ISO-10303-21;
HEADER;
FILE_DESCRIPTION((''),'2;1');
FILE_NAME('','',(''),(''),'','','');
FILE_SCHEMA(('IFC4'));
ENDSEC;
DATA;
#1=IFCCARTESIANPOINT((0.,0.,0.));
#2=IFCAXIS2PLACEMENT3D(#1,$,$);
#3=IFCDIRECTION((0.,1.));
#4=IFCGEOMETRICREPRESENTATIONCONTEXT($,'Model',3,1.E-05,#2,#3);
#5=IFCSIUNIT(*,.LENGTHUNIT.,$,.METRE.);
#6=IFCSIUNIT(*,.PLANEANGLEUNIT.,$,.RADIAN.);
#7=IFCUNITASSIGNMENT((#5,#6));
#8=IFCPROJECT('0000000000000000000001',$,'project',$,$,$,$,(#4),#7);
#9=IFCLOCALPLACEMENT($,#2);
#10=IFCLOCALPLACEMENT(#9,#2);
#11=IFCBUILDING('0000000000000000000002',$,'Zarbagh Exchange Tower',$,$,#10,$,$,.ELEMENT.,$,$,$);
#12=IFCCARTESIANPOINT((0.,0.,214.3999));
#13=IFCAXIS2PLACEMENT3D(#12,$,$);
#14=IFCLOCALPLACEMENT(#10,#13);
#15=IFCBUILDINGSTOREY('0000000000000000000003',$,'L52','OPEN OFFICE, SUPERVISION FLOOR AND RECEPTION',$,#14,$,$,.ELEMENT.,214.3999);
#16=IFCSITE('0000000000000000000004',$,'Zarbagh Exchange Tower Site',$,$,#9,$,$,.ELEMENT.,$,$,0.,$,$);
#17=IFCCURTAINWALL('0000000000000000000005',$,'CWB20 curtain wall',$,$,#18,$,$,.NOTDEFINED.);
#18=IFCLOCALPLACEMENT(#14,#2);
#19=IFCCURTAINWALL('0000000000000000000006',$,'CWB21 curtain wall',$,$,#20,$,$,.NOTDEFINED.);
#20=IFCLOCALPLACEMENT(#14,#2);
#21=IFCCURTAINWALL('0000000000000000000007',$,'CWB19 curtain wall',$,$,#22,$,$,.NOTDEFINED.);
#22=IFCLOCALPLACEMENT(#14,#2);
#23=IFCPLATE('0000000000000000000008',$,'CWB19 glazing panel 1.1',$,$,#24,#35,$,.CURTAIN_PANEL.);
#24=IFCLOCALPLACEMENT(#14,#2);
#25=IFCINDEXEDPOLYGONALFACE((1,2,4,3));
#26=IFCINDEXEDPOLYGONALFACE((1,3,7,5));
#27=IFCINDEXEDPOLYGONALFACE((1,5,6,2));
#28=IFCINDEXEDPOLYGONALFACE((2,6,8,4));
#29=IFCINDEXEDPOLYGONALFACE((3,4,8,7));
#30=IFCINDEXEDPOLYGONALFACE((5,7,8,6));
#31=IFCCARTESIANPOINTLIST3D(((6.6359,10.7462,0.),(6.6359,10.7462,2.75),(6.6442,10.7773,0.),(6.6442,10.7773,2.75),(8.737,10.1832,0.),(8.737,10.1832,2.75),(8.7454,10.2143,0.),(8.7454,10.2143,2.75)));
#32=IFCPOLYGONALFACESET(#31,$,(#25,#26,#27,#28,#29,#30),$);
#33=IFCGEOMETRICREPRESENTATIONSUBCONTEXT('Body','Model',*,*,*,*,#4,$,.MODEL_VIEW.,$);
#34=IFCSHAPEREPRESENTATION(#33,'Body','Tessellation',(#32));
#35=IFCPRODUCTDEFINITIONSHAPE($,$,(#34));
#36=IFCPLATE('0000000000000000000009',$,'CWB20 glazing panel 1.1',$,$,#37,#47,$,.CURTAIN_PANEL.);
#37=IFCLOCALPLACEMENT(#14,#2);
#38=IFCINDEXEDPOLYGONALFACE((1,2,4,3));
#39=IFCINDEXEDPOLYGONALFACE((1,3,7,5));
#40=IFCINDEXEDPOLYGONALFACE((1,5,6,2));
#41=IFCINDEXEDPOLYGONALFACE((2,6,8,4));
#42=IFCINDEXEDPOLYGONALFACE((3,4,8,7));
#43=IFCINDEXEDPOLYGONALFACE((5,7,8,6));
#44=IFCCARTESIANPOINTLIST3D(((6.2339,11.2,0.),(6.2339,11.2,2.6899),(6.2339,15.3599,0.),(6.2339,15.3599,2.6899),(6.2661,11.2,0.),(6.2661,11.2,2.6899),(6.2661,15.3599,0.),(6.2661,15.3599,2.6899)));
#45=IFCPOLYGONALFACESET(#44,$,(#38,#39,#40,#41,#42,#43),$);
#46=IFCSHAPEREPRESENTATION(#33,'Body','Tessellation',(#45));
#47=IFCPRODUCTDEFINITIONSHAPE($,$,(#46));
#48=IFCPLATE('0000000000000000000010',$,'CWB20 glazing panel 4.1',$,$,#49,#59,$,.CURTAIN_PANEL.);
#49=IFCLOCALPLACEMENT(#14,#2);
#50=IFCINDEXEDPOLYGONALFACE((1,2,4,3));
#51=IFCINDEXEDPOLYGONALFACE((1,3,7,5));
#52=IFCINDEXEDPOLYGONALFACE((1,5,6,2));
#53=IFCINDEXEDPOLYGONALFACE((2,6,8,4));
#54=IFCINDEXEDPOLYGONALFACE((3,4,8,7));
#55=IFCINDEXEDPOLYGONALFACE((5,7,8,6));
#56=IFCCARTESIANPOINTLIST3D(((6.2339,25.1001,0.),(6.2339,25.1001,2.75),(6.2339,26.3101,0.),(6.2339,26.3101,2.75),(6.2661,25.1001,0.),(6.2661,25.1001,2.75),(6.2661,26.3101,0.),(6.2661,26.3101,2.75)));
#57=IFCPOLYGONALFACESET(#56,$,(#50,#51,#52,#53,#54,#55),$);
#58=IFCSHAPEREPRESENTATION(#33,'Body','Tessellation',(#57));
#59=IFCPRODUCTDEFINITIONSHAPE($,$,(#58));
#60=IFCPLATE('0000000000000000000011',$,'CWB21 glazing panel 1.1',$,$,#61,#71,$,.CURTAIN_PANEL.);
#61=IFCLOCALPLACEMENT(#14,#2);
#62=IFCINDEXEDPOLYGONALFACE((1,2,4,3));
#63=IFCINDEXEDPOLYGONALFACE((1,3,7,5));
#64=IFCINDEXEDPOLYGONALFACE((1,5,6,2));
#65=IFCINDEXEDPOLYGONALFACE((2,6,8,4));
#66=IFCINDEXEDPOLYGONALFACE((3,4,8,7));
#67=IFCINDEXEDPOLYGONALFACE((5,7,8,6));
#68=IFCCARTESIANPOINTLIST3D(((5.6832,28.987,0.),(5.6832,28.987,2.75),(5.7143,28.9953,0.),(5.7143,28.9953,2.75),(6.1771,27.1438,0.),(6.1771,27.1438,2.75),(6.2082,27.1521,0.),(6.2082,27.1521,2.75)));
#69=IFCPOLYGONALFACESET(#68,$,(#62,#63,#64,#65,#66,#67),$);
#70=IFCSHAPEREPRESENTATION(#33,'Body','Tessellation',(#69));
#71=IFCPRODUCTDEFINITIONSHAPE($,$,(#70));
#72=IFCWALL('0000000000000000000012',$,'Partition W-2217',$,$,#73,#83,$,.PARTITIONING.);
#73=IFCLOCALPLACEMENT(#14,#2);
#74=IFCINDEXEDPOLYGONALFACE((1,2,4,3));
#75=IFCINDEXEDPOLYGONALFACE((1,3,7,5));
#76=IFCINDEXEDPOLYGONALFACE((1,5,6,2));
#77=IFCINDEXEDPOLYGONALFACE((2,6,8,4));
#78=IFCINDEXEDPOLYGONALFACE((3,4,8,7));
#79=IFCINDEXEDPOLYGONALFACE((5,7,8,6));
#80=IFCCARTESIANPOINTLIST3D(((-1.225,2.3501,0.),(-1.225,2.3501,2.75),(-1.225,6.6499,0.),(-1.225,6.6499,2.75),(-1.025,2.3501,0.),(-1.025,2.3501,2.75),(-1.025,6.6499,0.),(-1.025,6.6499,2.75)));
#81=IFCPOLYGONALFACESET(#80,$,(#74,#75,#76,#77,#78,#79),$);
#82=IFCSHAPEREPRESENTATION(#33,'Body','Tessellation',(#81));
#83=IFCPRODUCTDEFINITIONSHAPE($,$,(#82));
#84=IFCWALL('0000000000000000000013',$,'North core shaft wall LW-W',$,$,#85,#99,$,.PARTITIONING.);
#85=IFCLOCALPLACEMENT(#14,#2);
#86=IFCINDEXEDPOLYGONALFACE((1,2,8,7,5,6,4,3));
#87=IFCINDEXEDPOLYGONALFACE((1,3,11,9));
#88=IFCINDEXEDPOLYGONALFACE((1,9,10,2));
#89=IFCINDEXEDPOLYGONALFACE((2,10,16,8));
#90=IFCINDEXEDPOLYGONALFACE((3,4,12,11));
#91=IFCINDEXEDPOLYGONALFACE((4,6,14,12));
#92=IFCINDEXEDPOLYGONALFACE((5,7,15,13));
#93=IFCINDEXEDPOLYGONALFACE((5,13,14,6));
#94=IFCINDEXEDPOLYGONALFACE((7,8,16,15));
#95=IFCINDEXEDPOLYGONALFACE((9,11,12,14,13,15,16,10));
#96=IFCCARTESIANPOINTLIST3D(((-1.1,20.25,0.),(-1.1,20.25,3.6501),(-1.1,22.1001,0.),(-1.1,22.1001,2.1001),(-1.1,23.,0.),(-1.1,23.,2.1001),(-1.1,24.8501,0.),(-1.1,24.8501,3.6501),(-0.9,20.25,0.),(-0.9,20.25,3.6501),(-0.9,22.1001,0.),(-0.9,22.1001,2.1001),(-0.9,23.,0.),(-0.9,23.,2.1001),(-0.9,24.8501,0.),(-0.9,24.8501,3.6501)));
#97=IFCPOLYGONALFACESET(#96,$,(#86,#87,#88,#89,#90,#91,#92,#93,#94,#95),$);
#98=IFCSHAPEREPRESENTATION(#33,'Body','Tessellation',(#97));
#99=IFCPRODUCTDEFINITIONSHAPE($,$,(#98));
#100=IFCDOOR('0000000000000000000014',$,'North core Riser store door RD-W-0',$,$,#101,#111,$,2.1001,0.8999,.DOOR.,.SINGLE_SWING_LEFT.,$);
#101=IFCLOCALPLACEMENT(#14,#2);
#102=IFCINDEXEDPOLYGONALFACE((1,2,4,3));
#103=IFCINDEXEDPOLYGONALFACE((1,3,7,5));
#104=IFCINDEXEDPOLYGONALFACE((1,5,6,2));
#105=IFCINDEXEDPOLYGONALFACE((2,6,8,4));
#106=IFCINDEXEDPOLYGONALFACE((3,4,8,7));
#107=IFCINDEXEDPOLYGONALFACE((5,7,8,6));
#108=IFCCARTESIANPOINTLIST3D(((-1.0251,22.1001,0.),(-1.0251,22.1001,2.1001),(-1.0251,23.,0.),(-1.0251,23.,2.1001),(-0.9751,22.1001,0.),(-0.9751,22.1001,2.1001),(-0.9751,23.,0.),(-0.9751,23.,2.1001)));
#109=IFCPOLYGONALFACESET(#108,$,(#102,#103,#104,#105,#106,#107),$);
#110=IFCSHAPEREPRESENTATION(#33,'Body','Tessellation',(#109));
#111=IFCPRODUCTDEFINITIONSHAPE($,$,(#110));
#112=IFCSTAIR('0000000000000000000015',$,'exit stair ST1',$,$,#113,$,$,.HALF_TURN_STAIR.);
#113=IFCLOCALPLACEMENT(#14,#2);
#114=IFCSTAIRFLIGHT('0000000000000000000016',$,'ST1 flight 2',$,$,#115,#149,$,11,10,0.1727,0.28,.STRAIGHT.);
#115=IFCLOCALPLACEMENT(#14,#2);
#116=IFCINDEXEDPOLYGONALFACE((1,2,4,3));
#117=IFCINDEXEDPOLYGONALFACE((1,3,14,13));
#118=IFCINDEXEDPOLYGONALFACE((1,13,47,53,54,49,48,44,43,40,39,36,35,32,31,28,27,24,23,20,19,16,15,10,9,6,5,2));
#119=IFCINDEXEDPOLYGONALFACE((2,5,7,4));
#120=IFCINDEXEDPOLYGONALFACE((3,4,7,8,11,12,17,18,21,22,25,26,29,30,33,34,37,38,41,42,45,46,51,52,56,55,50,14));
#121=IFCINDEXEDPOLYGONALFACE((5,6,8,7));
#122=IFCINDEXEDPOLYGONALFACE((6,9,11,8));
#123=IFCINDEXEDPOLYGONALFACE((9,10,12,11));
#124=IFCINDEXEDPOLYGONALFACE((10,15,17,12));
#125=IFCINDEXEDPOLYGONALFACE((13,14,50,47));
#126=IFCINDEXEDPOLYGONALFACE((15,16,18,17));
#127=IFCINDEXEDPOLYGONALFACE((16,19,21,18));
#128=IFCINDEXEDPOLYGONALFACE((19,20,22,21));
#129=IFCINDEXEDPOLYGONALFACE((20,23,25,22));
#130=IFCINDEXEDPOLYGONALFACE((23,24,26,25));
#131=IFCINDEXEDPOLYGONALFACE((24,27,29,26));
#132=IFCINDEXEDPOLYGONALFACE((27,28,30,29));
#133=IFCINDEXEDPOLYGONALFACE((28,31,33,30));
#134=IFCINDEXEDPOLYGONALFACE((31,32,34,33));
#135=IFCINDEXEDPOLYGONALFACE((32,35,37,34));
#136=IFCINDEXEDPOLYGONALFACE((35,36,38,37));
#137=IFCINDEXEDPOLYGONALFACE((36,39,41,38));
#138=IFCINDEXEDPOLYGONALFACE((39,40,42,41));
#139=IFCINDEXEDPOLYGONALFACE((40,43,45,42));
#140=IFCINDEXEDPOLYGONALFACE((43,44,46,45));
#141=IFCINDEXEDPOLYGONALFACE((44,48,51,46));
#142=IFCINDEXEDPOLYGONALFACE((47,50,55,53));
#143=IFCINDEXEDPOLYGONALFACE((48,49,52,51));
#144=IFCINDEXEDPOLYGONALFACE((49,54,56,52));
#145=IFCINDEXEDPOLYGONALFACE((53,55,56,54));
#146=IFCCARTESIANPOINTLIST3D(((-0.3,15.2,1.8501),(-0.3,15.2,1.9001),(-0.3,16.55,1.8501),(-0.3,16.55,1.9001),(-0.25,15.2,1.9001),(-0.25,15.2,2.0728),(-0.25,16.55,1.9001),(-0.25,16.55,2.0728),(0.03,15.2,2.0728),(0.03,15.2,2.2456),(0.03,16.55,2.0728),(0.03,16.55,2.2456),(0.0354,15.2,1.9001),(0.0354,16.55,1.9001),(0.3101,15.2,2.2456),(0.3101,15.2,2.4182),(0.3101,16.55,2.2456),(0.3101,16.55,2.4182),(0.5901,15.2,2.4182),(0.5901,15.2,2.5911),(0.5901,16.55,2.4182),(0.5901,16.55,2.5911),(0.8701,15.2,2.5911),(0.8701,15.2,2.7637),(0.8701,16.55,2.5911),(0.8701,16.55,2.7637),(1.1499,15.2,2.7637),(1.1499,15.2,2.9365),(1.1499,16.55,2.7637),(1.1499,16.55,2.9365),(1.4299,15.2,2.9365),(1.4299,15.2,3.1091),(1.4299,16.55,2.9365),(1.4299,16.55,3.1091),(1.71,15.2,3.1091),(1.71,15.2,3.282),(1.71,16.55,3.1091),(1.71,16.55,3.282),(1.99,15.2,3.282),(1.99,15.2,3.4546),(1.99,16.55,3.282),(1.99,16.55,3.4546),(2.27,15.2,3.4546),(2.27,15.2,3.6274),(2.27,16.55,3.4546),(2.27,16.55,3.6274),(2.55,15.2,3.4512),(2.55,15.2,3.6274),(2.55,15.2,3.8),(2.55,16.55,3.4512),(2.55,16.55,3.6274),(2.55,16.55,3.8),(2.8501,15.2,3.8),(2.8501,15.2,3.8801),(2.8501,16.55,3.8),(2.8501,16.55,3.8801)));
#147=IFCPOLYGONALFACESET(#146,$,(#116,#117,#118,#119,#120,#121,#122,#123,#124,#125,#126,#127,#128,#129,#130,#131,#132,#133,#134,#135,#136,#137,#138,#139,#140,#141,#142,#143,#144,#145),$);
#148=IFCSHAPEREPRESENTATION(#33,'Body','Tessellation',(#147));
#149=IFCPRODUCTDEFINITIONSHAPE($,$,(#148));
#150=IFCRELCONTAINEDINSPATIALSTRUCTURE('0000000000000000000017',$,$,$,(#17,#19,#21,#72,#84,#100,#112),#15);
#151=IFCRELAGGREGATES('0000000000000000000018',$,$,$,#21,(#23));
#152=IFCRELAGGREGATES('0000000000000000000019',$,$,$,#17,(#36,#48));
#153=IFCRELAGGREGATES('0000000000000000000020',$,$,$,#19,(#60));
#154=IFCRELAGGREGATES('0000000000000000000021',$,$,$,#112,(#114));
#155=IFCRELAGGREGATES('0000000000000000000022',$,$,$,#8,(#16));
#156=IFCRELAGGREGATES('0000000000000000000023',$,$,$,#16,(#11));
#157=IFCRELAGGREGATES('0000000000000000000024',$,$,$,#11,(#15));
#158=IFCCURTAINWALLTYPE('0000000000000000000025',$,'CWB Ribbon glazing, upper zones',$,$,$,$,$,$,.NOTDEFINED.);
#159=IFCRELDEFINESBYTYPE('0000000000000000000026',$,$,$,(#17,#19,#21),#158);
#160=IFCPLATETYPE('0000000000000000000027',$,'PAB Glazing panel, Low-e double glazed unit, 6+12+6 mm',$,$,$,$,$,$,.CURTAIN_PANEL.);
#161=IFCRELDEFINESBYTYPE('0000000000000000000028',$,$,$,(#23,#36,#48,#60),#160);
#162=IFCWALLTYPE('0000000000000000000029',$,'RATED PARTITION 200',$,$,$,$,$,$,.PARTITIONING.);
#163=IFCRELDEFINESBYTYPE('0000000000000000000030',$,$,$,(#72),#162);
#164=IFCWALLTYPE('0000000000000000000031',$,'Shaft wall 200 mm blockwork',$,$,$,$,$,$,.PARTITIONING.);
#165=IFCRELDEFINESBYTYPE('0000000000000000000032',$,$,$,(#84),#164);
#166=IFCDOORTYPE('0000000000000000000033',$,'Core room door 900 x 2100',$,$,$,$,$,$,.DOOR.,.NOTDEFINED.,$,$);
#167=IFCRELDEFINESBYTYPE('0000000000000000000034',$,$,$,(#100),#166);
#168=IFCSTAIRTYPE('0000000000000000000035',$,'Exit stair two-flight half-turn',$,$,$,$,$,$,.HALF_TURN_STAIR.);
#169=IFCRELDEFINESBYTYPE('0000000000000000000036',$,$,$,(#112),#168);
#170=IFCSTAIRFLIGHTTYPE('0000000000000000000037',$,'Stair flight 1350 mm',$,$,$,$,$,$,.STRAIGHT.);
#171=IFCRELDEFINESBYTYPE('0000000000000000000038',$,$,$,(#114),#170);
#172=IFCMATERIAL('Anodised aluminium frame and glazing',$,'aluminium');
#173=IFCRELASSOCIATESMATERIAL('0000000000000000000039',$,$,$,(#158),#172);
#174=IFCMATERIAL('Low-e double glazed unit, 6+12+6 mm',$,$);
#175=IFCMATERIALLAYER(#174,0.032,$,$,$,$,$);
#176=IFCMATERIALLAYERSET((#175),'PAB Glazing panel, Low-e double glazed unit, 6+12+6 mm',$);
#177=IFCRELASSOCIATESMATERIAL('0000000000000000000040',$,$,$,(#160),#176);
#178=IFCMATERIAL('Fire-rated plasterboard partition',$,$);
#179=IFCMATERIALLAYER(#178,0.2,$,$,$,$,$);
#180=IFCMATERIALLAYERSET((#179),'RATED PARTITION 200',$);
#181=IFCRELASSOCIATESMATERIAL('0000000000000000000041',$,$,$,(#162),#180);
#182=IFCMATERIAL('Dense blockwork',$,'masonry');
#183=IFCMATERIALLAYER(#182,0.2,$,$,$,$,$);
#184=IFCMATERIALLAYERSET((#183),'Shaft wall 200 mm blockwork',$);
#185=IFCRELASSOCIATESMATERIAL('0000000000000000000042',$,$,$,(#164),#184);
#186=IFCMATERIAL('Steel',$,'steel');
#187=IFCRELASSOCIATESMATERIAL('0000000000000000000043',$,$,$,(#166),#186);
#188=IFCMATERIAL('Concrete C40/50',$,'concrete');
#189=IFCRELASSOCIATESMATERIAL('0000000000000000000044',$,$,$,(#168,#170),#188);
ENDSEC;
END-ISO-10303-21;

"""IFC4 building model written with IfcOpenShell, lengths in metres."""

from ifc_helpers import new_model, si_unit, direction, frame, frame_2d, origin, place, context, subcontext, project, spatial, polyline, rectangle, outline, extrude, source, transform, mapped, material, layer, layer_set, type_object, element, fill, aggregate, save


model = new_model("IFC4")

# Units and contexts
model_context = context("Model", 3, precision=1e-05, world=origin(), true_north=direction((0.0, 1.0)))
body_context = subcontext(model_context, "Body", "Model", "MODEL_VIEW")
ifc_project = project(units=[si_unit("LENGTHUNIT", "METRE"), si_unit("PLANEANGLEUNIT", "RADIAN")], contexts=[model_context])

# Site, building, storey
site_placement = place(None, origin())
site = spatial("IfcSite", under=ifc_project, at=site_placement, Name="Zarbagh Exchange Tower Site", CompositionType="ELEMENT", RefElevation=0.0)
building_placement = place(site_placement, origin())
building = spatial("IfcBuilding", under=site, at=building_placement, Name="Zarbagh Exchange Tower", CompositionType="ELEMENT")
storey_placement = place(building_placement, frame((0.0, 0.0, 214.3999)))
storey = spatial("IfcBuildingStorey", under=building, at=storey_placement, Name="L52", Description="OPEN OFFICE, SUPERVISION FLOOR AND RECEPTION", CompositionType="ELEMENT", Elevation=214.3999)

# Shared definitions
ifc_material_1 = material(Name="Anodised aluminium frame and glazing", Category="aluminium")
curtain_wall_type = type_object("IfcCurtainWallType", Name="CWB Ribbon glazing, upper zones", PredefinedType="NOTDEFINED", material=ifc_material_1)
placement = place(storey_placement, origin())

# Curtain wall
curtain_wall_1_placement = place(storey_placement, origin())
curtain_wall_1 = element("IfcCurtainWall", 1, at=curtain_wall_1_placement, inside=storey, type_object=curtain_wall_type, Name="CWB20 curtain wall", PredefinedType="NOTDEFINED")

# Curtain wall
curtain_wall_2_placement = place(storey_placement, origin())
curtain_wall_2 = element("IfcCurtainWall", 2, at=curtain_wall_2_placement, inside=storey, type_object=curtain_wall_type, Name="CWB21 curtain wall", PredefinedType="NOTDEFINED")

# Shared definitions
ifc_material_2 = material(Name="Low-e double glazed unit, 6+12+6 mm")
ifc_layer_1 = layer(ifc_material_2, 0.032)
ifc_layer_set_1 = layer_set([ifc_layer_1], Name="PAB Glazing panel, Low-e double glazed unit, 6+12+6 mm")
plate_type = type_object("IfcPlateType", Name="PAB Glazing panel, Low-e double glazed unit, 6+12+6 mm", PredefinedType="CURTAIN_PANEL", material=ifc_layer_set_1)

# Curtain wall, plate
curtain_wall_3_placement = place(storey_placement, origin())
curtain_wall_3 = element("IfcCurtainWall", 3, at=curtain_wall_3_placement, inside=storey, type_object=curtain_wall_type, Name="CWB19 curtain wall", PredefinedType="NOTDEFINED")
shared_shape_1 = source(origin(), body_context, "Body", "SweptSolid", [
    extrude(outline(polyline([(0.0, -0.0161), (2.1753, -0.0161), (2.1753, 0.0161), (0.0, 0.0161), (0.0, -0.0161)])), origin(), (0.0, 0.0, 1.0), 2.75),
])
plate_1 = element("IfcPlate", 4, at=placement, type_object=plate_type, Name="CWB19 glazing panel 1.1", PredefinedType="CURTAIN_PANEL", context=body_context, shape_type="MappedRepresentation", body=[
    mapped(shared_shape_1, transform((8.7412, 10.1987, 0.0), x_axis=(-0.965924, 0.258825, 0.0), y_axis=(-0.258825, -0.965924, 0.0), z_axis=(0.0, 0.0, 1.0))),
])
aggregate(curtain_wall_3, [plate_1])

# Plates
shared_shape_2 = source(origin(), body_context, "Body", "SweptSolid", [
    extrude(outline(polyline([(0.0, -0.0161), (4.1599, -0.0161), (4.1599, 0.0161), (0.0, 0.0161), (0.0, -0.0161)])), origin(), (0.0, 0.0, 1.0), 2.6899),
])
plate_2 = element("IfcPlate", 5, at=placement, type_object=plate_type, Name="CWB20 glazing panel 1.1", PredefinedType="CURTAIN_PANEL", context=body_context, shape_type="MappedRepresentation", body=[
    mapped(shared_shape_2, transform((6.25, 11.2, 0.0), x_axis=(0.0, 1.0, 0.0), y_axis=(-1.0, 0.0, 0.0), z_axis=(0.0, 0.0, 1.0))),
])
shared_shape_3 = source(origin(), body_context, "Body", "SweptSolid", [
    extrude(outline(polyline([(0.0, -0.0161), (1.21, -0.0161), (1.21, 0.0161), (0.0, 0.0161), (0.0, -0.0161)])), origin(), (0.0, 0.0, 1.0), 2.75),
])
plate_3 = element("IfcPlate", 6, at=placement, type_object=plate_type, Name="CWB20 glazing panel 4.1", PredefinedType="CURTAIN_PANEL", context=body_context, shape_type="MappedRepresentation", body=[
    mapped(shared_shape_3, transform((6.25, 25.1001, 0.0), x_axis=(0.0, 1.0, 0.0), y_axis=(-1.0, 0.0, 0.0), z_axis=(0.0, 0.0, 1.0))),
])
aggregate(curtain_wall_1, [plate_2, plate_3])
shared_shape_4 = source(origin(), body_context, "Body", "SweptSolid", [
    extrude(outline(polyline([(0.0, -0.0161), (1.9082, -0.0161), (1.9082, 0.0161), (0.0, 0.0161), (0.0, -0.0161)])), origin(), (0.0, 0.0, 1.0), 2.75),
])
plate_4 = element("IfcPlate", 7, at=placement, type_object=plate_type, Name="CWB21 glazing panel 1.1", PredefinedType="CURTAIN_PANEL", context=body_context, shape_type="MappedRepresentation", body=[
    mapped(shared_shape_4, transform((6.1926, 27.1479, 0.0), x_axis=(-0.258825, 0.965924, 0.0), y_axis=(-0.965924, -0.258825, 0.0), z_axis=(0.0, 0.0, 1.0))),
])
aggregate(curtain_wall_2, [plate_4])

# Wall
ifc_material_3 = material(Name="Fire-rated plasterboard partition")
ifc_layer_2 = layer(ifc_material_3, 0.2)
ifc_layer_set_2 = layer_set([ifc_layer_2], Name="RATED PARTITION 200")
wall_type_1 = type_object("IfcWallType", Name="RATED PARTITION 200", PredefinedType="PARTITIONING", material=ifc_layer_set_2)
wall_1_placement = place(storey_placement, frame((-1.125, 2.3501, 0.0), z_axis=(0.0, 0.0, 1.0), x_axis=(0.0, 1.0, 0.0)))
element("IfcWall", 8, at=wall_1_placement, inside=storey, type_object=wall_type_1, Name="Partition W-2217", PredefinedType="PARTITIONING", context=body_context, shape_type="SweptSolid", body=[
    extrude(rectangle(XDim=4.2998, YDim=0.2, at=frame_2d((2.1499, 0.0))), origin(), (0.0, 0.0, 1.0), 2.75),
])

# Wall, opening, door
ifc_material_4 = material(Name="Dense blockwork", Category="masonry")
ifc_layer_3 = layer(ifc_material_4, 0.2)
ifc_layer_set_3 = layer_set([ifc_layer_3], Name="Shaft wall 200 mm blockwork")
wall_type_2 = type_object("IfcWallType", Name="Shaft wall 200 mm blockwork", PredefinedType="PARTITIONING", material=ifc_layer_set_3)
wall_2_placement = place(storey_placement, frame((-1.0, 24.8501, 0.0), z_axis=(0.0, 0.0, 1.0), x_axis=(0.0, -1.0, 0.0)))
wall_2 = element("IfcWall", 9, at=wall_2_placement, inside=storey, type_object=wall_type_2, Name="North core shaft wall LW-W", PredefinedType="PARTITIONING", context=body_context, shape_type="SweptSolid", body=[
    extrude(rectangle(XDim=4.6001, YDim=0.2, at=frame_2d((2.3, 0.0))), origin(), (0.0, 0.0, 1.0), 3.6501),
])
opening_placement = place(wall_2_placement, frame((1.8501, 0.0, 0.0)))
opening = element("IfcOpeningElement", 10, at=opening_placement, cuts=wall_2, PredefinedType="OPENING", context=body_context, shape_type="SweptSolid", body=[
    extrude(rectangle(XDim=0.8999, YDim=2.1001, at=frame_2d((0.45, 1.05))), frame((0.0, 0.1099, 0.0), z_axis=(0.0, -1.0, 0.0), x_axis=(1.0, 0.0, 0.0)), (0.0, 0.0, 1.0), 0.22),
])
ifc_material_5 = material(Name="Steel", Category="steel")
door_type = type_object("IfcDoorType", Name="Core room door 900 x 2100", OperationType="NOTDEFINED", PredefinedType="DOOR", material=ifc_material_5)
door_placement = place(opening_placement, origin())
door = element("IfcDoor", 11, at=door_placement, inside=storey, type_object=door_type, Name="North core Riser store door RD-W-0", OperationType="SINGLE_SWING_LEFT", OverallHeight=2.1001, OverallWidth=0.8999, PredefinedType="DOOR", context=body_context, shape_type="SweptSolid", body=[
    extrude(rectangle(XDim=0.8999, YDim=2.1001, at=frame_2d((0.45, 1.05))), frame((0.0, 0.0249, 0.0), z_axis=(0.0, -1.0, 0.0), x_axis=(1.0, 0.0, 0.0)), (0.0, 0.0, 1.0), 0.05),
])
fill(opening, door)

# Stair, stair flight
ifc_material_6 = material(Name="Concrete C40/50", Category="concrete")
stair_type = type_object("IfcStairType", Name="Exit stair two-flight half-turn", PredefinedType="HALF_TURN_STAIR", material=ifc_material_6)
stair_placement = place(storey_placement, origin())
stair = element("IfcStair", 12, at=stair_placement, inside=storey, type_object=stair_type, Name="exit stair ST1", PredefinedType="HALF_TURN_STAIR")
stair_flight_type = type_object("IfcStairFlightType", Name="Stair flight 1350 mm", PredefinedType="STRAIGHT", material=ifc_material_6)
stair_flight_placement = place(storey_placement, frame((-0.25, 15.875, 1.9001), z_axis=(0.0, 0.0, 1.0), x_axis=(1.0, 0.0, 0.0)))
stair_flight = element("IfcStairFlight", 13, at=stair_flight_placement, type_object=stair_flight_type, Name="ST1 flight 2", NumberOfRisers=11, NumberOfTreads=10, PredefinedType="STRAIGHT", RiserHeight=0.1727, TreadLength=0.28, context=body_context, shape_type="SweptSolid", body=[
    extrude(outline(polyline([(-0.05, -0.05), (-0.05, 0.0), (0.0, 0.0), (0.0, 0.1726), (0.28, 0.1726), (0.28, 0.3455), (0.5601, 0.3455), (0.5601, 0.5181), (0.8401, 0.5181), (0.8401, 0.6909), (1.1201, 0.6909), (1.1201, 0.8635), (1.3999, 0.8635), (1.3999, 1.0364), (1.6799, 1.0364), (1.6799, 1.209), (1.96, 1.209), (1.96, 1.3818), (2.24, 1.3818), (2.24, 1.5544), (2.52, 1.5544), (2.52, 1.7273), (2.8, 1.7273), (2.8, 1.8999), (3.1001, 1.98), (3.1001, 1.8999), (2.8, 1.551), (0.2854, 0.0), (-0.05, -0.05)])), frame((0.0, 0.675, 0.0), z_axis=(0.0, -1.0, 0.0), x_axis=(1.0, 0.0, 0.0)), (0.0, 0.0, 1.0), 1.3501),
])
aggregate(stair, [stair_flight])

save(model, "model.ifc")
